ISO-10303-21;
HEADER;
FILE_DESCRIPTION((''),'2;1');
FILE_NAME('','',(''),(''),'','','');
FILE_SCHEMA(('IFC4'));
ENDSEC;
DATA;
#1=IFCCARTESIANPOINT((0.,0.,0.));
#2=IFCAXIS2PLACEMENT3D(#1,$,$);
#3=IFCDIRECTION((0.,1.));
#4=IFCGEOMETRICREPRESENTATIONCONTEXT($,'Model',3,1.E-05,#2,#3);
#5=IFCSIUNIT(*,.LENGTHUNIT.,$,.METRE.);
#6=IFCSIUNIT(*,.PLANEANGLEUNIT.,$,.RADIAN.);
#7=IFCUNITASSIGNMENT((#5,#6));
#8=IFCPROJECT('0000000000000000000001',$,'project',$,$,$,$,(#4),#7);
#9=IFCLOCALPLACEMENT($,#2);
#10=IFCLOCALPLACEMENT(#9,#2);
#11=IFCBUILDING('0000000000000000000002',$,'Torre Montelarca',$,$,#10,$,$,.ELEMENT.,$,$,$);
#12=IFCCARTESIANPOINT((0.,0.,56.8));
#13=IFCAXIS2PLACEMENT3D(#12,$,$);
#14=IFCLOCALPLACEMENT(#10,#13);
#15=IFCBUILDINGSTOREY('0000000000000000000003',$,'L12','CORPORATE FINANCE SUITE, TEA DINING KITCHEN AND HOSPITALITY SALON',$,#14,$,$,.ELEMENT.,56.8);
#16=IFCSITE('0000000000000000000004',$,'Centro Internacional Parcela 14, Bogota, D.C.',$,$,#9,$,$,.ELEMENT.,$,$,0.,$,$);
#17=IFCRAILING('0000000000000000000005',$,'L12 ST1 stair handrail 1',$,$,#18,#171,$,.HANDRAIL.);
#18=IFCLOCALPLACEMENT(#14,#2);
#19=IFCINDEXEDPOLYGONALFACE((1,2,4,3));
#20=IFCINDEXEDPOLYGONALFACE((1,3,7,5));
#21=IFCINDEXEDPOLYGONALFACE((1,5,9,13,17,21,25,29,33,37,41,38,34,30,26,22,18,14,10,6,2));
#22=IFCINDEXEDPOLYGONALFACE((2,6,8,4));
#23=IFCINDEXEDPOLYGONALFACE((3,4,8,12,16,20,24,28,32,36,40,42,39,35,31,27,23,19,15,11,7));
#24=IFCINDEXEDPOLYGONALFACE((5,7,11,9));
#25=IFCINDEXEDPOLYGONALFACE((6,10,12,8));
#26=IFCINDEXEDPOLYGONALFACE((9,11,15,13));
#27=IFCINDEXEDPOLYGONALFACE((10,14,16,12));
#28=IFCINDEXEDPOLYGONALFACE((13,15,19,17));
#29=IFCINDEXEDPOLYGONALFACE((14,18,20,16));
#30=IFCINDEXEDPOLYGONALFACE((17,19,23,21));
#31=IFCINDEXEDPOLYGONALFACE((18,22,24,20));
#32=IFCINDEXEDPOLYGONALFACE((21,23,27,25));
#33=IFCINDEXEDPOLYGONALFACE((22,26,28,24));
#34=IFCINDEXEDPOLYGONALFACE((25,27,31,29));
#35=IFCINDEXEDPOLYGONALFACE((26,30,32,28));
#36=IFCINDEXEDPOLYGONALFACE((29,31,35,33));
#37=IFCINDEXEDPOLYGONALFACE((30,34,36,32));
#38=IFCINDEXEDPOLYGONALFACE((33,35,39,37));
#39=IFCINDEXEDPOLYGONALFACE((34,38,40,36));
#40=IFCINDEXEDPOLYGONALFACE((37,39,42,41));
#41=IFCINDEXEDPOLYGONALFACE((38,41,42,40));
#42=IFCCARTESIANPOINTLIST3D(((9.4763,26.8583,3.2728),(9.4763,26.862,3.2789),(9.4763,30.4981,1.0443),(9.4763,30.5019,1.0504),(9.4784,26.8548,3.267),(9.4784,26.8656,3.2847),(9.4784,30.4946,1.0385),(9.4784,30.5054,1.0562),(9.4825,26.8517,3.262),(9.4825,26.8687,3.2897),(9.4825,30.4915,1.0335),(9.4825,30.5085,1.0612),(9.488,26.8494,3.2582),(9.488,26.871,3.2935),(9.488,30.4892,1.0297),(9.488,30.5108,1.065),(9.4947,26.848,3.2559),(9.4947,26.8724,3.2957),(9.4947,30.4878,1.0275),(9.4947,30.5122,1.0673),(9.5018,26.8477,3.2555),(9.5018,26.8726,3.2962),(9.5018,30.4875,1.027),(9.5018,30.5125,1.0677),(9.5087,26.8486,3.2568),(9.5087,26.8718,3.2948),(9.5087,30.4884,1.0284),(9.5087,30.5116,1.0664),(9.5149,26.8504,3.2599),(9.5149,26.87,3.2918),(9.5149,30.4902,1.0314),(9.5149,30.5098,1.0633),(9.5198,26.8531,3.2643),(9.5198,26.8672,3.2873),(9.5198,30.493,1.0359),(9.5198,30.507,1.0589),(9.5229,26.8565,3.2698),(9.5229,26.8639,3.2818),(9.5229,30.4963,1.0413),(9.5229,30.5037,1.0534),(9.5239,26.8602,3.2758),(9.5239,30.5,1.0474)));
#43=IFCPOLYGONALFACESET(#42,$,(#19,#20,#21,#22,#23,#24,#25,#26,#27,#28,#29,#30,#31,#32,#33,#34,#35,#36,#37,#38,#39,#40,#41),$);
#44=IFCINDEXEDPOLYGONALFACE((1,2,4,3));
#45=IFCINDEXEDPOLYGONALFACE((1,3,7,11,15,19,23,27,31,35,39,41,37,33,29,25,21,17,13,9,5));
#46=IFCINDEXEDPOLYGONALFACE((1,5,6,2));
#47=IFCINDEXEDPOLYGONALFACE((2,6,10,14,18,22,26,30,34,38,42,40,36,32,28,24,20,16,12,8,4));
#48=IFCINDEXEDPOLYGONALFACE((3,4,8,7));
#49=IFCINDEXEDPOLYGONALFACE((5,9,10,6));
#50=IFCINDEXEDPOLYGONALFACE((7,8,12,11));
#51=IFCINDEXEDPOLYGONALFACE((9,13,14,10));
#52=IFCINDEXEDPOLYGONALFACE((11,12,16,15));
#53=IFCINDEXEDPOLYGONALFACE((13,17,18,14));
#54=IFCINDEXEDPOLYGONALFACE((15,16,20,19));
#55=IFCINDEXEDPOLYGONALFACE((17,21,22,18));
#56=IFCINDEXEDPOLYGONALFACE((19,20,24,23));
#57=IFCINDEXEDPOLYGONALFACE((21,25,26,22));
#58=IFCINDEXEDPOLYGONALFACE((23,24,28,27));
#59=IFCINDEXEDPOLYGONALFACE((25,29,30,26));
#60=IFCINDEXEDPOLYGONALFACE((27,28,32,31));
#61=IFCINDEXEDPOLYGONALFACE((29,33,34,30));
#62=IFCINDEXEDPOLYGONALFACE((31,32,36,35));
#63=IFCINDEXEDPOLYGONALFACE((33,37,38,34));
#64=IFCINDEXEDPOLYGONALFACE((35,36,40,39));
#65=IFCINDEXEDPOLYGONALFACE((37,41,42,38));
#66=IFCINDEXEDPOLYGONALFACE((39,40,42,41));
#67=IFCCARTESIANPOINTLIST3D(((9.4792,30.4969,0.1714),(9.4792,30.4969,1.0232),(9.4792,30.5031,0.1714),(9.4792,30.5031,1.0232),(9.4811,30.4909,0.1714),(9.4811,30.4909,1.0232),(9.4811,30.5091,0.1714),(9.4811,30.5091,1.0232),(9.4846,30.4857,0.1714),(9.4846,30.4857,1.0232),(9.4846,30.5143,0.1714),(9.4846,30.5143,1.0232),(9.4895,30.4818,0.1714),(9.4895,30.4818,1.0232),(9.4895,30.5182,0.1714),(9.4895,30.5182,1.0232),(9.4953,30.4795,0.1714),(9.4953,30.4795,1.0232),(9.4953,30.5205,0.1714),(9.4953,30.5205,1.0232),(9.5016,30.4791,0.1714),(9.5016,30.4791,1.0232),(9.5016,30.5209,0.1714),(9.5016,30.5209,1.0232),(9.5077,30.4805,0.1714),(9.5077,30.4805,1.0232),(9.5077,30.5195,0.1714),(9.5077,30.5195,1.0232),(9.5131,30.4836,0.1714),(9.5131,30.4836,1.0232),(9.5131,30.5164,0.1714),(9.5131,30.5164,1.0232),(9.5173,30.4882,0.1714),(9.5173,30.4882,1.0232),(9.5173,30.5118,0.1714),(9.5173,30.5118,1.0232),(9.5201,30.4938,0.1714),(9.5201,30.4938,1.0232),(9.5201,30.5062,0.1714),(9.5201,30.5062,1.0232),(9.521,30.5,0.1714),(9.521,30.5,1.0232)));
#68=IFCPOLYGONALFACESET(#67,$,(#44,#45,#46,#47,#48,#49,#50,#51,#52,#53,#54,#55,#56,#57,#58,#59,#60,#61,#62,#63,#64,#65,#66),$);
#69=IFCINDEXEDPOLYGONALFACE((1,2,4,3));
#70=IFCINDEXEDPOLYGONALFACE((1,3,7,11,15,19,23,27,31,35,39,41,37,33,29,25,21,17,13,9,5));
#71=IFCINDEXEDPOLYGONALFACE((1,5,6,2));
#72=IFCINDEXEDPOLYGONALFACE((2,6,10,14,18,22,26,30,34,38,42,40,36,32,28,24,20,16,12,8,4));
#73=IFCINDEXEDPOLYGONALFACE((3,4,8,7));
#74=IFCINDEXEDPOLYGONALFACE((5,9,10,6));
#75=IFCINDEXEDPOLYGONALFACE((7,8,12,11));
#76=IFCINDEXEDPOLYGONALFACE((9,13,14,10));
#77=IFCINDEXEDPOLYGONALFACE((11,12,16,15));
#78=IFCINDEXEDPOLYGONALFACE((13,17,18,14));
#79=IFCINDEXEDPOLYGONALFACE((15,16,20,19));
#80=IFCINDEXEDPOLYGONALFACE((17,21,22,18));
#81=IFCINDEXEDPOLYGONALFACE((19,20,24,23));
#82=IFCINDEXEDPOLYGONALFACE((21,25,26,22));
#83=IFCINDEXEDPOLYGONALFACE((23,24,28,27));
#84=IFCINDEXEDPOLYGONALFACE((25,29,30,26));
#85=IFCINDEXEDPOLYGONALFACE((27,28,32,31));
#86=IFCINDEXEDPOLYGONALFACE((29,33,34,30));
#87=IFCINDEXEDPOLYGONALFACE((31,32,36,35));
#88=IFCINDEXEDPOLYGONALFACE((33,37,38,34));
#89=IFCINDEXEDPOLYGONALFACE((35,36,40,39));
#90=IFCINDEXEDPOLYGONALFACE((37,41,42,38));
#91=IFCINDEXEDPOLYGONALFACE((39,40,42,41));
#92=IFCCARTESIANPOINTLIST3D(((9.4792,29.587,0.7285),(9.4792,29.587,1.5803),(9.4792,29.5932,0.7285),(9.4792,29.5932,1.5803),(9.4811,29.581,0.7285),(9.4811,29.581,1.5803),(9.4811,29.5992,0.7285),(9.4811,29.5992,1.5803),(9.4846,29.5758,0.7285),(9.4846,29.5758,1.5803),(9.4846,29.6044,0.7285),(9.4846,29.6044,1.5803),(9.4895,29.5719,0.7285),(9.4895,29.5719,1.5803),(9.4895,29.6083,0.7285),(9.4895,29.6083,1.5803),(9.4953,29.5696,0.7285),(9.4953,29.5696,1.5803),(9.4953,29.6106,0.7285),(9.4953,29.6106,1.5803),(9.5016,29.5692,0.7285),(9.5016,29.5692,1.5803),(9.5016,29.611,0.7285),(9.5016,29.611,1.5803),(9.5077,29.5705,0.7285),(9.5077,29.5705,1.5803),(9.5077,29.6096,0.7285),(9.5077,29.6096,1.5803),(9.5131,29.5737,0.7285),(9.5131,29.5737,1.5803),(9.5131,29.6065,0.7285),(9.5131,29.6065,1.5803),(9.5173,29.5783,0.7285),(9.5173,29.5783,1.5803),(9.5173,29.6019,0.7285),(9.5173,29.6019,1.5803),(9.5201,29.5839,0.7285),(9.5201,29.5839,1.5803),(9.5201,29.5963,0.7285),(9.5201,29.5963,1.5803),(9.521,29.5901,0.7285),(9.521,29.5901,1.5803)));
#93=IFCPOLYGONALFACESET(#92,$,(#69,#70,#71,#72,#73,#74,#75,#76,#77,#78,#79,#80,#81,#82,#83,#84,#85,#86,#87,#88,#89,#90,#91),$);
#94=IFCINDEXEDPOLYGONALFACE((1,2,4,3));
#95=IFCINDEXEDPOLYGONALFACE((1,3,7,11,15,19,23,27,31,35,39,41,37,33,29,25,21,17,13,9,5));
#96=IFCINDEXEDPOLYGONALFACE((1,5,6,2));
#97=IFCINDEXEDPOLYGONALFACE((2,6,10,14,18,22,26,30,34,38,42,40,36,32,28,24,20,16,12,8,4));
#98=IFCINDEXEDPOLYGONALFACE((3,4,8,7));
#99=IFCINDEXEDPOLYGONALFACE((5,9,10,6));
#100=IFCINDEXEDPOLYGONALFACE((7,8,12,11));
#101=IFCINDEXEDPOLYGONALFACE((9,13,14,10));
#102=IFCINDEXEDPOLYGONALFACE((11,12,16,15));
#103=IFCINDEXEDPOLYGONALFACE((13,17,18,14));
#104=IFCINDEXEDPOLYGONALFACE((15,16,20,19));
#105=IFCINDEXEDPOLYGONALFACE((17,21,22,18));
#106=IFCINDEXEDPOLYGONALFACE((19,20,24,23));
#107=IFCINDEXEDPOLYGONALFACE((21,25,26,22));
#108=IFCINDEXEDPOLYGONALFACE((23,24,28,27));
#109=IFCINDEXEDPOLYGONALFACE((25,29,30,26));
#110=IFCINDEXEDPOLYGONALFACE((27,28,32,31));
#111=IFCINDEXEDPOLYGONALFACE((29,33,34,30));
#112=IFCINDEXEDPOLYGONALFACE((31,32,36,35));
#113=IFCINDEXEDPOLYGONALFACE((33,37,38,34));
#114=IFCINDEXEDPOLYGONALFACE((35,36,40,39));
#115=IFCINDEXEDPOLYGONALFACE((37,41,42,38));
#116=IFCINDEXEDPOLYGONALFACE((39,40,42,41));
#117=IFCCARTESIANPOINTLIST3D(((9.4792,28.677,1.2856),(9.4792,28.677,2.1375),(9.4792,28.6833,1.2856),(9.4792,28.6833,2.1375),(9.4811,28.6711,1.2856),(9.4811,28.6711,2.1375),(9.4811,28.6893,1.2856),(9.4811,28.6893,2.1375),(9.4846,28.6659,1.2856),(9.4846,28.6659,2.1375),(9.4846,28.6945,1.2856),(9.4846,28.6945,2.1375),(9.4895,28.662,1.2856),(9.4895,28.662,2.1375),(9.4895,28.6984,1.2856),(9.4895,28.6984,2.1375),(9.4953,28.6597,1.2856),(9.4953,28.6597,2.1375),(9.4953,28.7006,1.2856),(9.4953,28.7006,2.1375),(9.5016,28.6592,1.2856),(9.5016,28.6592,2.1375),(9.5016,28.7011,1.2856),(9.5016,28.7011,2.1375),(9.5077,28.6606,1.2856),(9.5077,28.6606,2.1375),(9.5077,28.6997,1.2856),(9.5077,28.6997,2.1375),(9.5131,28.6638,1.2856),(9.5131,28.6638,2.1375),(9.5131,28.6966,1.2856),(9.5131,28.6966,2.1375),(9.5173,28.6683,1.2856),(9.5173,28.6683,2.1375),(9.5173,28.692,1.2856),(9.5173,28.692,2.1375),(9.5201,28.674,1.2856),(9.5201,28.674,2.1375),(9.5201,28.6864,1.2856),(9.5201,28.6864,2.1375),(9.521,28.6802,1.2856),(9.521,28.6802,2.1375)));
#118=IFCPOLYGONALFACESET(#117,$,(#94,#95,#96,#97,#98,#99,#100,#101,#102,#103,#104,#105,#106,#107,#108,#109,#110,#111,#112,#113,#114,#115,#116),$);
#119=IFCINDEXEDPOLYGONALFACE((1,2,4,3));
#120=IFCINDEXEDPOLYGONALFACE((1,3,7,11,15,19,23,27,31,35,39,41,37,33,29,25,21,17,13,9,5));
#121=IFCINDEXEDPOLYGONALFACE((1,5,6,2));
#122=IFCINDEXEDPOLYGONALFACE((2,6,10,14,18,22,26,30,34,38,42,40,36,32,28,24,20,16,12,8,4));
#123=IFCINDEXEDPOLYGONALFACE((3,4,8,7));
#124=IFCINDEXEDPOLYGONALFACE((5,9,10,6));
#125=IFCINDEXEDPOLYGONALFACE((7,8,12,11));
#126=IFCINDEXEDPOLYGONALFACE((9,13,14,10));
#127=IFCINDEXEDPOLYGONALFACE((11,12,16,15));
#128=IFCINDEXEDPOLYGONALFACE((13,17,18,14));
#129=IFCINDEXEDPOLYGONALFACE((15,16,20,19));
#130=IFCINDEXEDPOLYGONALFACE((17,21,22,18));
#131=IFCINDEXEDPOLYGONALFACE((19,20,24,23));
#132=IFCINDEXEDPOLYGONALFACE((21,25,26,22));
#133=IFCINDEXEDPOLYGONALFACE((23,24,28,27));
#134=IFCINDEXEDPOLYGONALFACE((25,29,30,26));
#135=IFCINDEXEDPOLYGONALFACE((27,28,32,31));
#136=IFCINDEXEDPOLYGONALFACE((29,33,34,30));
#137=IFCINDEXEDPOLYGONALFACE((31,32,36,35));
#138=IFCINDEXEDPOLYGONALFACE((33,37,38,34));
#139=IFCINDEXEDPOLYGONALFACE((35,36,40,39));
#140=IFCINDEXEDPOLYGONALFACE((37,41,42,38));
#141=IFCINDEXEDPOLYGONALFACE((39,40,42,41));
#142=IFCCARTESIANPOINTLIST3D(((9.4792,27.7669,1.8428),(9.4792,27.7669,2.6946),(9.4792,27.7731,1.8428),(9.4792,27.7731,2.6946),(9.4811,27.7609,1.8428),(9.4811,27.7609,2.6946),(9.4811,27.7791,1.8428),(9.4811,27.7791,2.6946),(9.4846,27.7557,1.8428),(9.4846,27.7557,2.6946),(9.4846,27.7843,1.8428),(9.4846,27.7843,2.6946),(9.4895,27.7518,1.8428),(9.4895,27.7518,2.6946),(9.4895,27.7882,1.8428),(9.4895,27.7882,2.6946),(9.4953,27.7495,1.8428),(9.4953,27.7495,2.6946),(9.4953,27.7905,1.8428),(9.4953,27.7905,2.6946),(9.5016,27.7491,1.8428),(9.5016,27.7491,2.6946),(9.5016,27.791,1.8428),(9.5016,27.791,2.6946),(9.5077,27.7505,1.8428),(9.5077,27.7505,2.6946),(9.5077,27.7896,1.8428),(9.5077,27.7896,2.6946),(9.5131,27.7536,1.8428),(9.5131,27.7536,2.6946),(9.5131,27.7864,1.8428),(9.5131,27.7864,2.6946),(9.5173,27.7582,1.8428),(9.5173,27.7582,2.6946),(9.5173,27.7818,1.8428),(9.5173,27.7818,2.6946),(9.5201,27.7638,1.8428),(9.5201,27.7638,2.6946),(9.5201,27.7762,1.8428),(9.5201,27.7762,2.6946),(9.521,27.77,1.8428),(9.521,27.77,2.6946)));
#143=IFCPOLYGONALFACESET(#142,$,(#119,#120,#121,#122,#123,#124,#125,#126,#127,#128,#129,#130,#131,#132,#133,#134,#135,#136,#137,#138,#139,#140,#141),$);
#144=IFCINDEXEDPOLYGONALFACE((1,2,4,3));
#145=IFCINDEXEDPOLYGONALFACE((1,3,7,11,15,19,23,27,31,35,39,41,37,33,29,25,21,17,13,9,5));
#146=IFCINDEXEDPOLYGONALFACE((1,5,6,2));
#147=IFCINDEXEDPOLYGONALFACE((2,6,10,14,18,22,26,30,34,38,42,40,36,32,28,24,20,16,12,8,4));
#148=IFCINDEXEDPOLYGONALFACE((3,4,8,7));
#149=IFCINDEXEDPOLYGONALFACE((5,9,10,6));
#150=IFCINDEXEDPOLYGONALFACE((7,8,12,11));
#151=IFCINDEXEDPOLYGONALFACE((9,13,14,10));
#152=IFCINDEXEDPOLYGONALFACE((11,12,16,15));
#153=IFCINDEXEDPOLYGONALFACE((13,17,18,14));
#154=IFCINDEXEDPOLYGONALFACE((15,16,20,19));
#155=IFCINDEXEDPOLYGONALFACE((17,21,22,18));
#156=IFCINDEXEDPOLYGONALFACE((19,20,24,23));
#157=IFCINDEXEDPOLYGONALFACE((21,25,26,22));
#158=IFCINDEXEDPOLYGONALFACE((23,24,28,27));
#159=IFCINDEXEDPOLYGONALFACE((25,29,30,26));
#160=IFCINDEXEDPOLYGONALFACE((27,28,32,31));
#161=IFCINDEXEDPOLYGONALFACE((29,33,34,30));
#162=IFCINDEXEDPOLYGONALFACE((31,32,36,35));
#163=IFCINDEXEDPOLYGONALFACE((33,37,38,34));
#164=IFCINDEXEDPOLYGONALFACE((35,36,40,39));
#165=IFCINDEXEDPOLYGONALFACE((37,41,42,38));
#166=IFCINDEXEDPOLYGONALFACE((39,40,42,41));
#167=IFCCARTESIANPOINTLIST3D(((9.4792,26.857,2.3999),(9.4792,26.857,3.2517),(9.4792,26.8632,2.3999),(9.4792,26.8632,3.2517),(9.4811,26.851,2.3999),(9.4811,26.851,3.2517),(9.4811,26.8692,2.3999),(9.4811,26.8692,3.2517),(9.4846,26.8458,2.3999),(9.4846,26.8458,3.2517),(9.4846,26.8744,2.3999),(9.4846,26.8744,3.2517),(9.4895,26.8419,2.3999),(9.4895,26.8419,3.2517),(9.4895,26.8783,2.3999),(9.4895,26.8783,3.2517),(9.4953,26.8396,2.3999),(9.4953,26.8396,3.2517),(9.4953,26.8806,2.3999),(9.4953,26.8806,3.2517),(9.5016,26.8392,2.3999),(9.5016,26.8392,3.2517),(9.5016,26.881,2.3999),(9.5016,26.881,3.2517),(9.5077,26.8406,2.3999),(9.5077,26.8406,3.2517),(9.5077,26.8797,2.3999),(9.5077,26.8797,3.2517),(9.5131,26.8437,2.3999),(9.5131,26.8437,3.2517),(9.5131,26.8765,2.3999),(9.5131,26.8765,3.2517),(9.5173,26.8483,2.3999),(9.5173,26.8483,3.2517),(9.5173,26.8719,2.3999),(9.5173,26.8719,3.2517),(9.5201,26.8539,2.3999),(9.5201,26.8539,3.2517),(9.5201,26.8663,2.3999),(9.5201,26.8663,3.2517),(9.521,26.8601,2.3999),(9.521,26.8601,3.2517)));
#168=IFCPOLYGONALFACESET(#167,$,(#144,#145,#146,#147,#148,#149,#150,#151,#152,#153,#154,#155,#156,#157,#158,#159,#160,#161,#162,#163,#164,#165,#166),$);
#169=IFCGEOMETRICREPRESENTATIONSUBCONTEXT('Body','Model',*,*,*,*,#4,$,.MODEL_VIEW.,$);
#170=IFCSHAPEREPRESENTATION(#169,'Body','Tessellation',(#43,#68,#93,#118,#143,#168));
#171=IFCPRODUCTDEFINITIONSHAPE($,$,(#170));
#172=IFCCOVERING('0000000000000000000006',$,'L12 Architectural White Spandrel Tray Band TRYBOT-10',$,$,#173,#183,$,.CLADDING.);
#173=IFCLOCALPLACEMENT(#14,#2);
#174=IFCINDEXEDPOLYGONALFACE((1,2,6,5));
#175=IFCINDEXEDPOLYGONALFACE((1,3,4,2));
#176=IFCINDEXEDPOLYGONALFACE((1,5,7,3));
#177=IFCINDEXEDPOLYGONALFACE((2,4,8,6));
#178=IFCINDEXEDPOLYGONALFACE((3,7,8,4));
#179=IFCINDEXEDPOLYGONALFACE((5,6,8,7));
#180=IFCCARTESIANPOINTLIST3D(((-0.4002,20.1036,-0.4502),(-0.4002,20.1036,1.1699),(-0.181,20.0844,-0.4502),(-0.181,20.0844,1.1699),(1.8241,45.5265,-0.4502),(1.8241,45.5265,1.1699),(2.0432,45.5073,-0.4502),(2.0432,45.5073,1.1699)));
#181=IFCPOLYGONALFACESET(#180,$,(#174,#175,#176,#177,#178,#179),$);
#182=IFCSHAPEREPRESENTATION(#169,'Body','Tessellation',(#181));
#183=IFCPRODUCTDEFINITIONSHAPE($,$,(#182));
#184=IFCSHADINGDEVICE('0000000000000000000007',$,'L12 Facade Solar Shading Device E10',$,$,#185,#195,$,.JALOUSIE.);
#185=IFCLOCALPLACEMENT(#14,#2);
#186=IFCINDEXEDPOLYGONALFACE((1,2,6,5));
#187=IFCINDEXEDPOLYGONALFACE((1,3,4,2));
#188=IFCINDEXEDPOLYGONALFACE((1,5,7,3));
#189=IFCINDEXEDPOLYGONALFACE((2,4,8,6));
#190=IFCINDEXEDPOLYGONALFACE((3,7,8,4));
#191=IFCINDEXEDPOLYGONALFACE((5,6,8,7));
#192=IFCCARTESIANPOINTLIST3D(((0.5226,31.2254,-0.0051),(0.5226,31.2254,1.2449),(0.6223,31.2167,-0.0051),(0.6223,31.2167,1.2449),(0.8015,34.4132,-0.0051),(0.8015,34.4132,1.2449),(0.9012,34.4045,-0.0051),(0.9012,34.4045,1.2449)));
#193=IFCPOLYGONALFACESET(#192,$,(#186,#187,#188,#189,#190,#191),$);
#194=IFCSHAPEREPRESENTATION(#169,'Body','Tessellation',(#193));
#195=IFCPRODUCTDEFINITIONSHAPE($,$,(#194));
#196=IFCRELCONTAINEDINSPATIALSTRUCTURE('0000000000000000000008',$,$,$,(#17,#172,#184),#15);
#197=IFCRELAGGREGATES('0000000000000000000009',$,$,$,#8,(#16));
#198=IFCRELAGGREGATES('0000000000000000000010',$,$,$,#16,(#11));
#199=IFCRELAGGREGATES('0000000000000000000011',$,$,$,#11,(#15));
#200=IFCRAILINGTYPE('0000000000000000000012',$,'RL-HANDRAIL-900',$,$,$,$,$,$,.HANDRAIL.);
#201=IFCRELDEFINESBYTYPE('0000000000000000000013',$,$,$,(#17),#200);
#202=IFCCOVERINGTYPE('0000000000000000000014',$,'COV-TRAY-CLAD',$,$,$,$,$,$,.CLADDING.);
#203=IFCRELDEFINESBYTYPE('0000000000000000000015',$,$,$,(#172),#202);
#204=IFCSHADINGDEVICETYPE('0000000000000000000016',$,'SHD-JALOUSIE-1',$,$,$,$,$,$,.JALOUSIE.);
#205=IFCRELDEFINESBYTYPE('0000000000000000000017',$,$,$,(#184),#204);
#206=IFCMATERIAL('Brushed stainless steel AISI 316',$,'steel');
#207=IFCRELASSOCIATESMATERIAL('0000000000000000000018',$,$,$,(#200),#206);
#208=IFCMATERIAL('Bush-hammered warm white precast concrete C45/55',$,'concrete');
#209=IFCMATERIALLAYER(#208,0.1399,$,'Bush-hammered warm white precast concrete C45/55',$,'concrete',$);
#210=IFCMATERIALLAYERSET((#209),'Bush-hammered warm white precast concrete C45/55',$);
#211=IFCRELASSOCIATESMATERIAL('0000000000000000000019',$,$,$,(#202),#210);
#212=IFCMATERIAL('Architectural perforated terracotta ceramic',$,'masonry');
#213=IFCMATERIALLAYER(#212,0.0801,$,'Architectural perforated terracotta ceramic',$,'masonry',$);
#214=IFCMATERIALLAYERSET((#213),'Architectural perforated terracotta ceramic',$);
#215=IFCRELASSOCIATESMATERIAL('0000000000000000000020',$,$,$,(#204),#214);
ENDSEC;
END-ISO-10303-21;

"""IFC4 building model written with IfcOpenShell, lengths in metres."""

from ifc_helpers import new_model, si_unit, direction, frame, origin, origin_2d, place, context, subcontext, project, spatial, rectangle, circle, extrude, source, transform, mapped, material, layer, layer_set, type_object, element, save


model = new_model("IFC4")

# Units and contexts
model_context = context("Model", 3, precision=1e-05, world=origin(), true_north=direction((0.0, 1.0)))
body_context = subcontext(model_context, "Body", "Model", "MODEL_VIEW")
ifc_project = project(units=[si_unit("LENGTHUNIT", "METRE"), si_unit("PLANEANGLEUNIT", "RADIAN")], contexts=[model_context])

# Site, building, storey
site_placement = place(None, origin())
site = spatial("IfcSite", under=ifc_project, at=site_placement, Name="Centro Internacional Parcela 14, Bogota, D.C.", CompositionType="ELEMENT", RefElevation=0.0)
building_placement = place(site_placement, origin())
building = spatial("IfcBuilding", under=site, at=building_placement, Name="Torre Montelarca", CompositionType="ELEMENT")
storey_placement = place(building_placement, frame((0.0, 0.0, 56.8)))
storey = spatial("IfcBuildingStorey", under=building, at=storey_placement, Name="L12", Description="CORPORATE FINANCE SUITE, TEA DINING KITCHEN AND HOSPITALITY SALON", CompositionType="ELEMENT", Elevation=56.8)

# Shared definitions
ifc_material_1 = material(Name="Architectural perforated terracotta ceramic", Category="masonry")

# Shared definitions
ifc_material_2 = material(Name="Brushed stainless steel AISI 316", Category="steel")

# Railing
railing_type_1 = type_object("IfcRailingType", Name="RL-HANDRAIL-900", PredefinedType="HANDRAIL", material=ifc_material_2)
railing_1_placement = place(storey_placement, frame((9.5, 30.5, 0.1714)))
element("IfcRailing", 1, at=railing_1_placement, inside=storey, type_object=railing_type_1, Name="L12 ST1 stair handrail 1", PredefinedType="HANDRAIL", context=body_context, shape_type="SweptSolid", body=[
    extrude(circle(Radius=0.0239, at=origin_2d()), frame((0.0, 0.0, 0.876), z_axis=(0.0, -0.85285, 0.522156), x_axis=(1.0, 0.0, 0.0)), (0.0, 0.0, 1.0), 4.2678),
    extrude(circle(Radius=0.021, at=origin_2d()), origin(), (0.0, 0.0, 1.0), 0.8518),
    extrude(circle(Radius=0.021, at=origin_2d()), frame((0.0, -0.9099, 0.5571)), (0.0, 0.0, 1.0), 0.8518),
    extrude(circle(Radius=0.021, at=origin_2d()), frame((0.0, -1.8198, 1.1143)), (0.0, 0.0, 1.0), 0.8518),
    extrude(circle(Radius=0.021, at=origin_2d()), frame((0.0, -2.73, 1.6714)), (0.0, 0.0, 1.0), 0.8518),
    extrude(circle(Radius=0.021, at=origin_2d()), frame((0.0, -3.6399, 2.2285)), (0.0, 0.0, 1.0), 0.8518),
])

# Covering
ifc_material_3 = material(Name="Bush-hammered warm white precast concrete C45/55", Category="concrete")
ifc_layer_1 = layer(ifc_material_3, 0.1399, Name="Bush-hammered warm white precast concrete C45/55", Category="concrete")
ifc_layer_set_1 = layer_set([ifc_layer_1], Name="Bush-hammered warm white precast concrete C45/55")
covering_type = type_object("IfcCoveringType", Name="COV-TRAY-CLAD", PredefinedType="CLADDING", material=ifc_layer_set_1)
shared_shape_1 = source(origin(), body_context, "Body", "SweptSolid", [
    extrude(rectangle(XDim=25.52, YDim=0.22, at=origin_2d()), origin(), (0.0, 0.0, 1.0), 1.6201),
])
covering_placement = place(storey_placement, frame((0.8215, 32.8054, -0.4502), z_axis=(0.0, 0.0, 1.0), x_axis=(-0.087157, -0.996195, 0.0)))
element("IfcCovering", 2, at=covering_placement, inside=storey, type_object=covering_type, Name="L12 Architectural White Spandrel Tray Band TRYBOT-10", PredefinedType="CLADDING", context=body_context, shape_type="MappedRepresentation", body=[
    mapped(shared_shape_1, transform((0.0, 0.0, 0.0), scale=1.0)),
])

# Shading device
ifc_layer_2 = layer(ifc_material_1, 0.0801, Name="Architectural perforated terracotta ceramic", Category="masonry")
ifc_layer_set_2 = layer_set([ifc_layer_2], Name="Architectural perforated terracotta ceramic")
shading_device_type = type_object("IfcShadingDeviceType", Name="SHD-JALOUSIE-1", PredefinedType="JALOUSIE", material=ifc_layer_set_2)
shared_shape_2 = source(origin(), body_context, "Body", "SweptSolid", [
    extrude(rectangle(XDim=3.2, YDim=0.1001, at=origin_2d()), origin(), (0.0, 0.0, 1.0), 1.25),
])
shading_device_placement = place(storey_placement, frame((0.7119, 32.8149, -0.0051), z_axis=(0.0, 0.0, 1.0), x_axis=(-0.087157, -0.996195, 0.0)))
element("IfcShadingDevice", 3, at=shading_device_placement, inside=storey, type_object=shading_device_type, Name="L12 Facade Solar Shading Device E10", PredefinedType="JALOUSIE", context=body_context, shape_type="MappedRepresentation", body=[
    mapped(shared_shape_2, transform((0.0, 0.0, 0.0), scale=1.0)),
])

save(model, "model.ifc")
